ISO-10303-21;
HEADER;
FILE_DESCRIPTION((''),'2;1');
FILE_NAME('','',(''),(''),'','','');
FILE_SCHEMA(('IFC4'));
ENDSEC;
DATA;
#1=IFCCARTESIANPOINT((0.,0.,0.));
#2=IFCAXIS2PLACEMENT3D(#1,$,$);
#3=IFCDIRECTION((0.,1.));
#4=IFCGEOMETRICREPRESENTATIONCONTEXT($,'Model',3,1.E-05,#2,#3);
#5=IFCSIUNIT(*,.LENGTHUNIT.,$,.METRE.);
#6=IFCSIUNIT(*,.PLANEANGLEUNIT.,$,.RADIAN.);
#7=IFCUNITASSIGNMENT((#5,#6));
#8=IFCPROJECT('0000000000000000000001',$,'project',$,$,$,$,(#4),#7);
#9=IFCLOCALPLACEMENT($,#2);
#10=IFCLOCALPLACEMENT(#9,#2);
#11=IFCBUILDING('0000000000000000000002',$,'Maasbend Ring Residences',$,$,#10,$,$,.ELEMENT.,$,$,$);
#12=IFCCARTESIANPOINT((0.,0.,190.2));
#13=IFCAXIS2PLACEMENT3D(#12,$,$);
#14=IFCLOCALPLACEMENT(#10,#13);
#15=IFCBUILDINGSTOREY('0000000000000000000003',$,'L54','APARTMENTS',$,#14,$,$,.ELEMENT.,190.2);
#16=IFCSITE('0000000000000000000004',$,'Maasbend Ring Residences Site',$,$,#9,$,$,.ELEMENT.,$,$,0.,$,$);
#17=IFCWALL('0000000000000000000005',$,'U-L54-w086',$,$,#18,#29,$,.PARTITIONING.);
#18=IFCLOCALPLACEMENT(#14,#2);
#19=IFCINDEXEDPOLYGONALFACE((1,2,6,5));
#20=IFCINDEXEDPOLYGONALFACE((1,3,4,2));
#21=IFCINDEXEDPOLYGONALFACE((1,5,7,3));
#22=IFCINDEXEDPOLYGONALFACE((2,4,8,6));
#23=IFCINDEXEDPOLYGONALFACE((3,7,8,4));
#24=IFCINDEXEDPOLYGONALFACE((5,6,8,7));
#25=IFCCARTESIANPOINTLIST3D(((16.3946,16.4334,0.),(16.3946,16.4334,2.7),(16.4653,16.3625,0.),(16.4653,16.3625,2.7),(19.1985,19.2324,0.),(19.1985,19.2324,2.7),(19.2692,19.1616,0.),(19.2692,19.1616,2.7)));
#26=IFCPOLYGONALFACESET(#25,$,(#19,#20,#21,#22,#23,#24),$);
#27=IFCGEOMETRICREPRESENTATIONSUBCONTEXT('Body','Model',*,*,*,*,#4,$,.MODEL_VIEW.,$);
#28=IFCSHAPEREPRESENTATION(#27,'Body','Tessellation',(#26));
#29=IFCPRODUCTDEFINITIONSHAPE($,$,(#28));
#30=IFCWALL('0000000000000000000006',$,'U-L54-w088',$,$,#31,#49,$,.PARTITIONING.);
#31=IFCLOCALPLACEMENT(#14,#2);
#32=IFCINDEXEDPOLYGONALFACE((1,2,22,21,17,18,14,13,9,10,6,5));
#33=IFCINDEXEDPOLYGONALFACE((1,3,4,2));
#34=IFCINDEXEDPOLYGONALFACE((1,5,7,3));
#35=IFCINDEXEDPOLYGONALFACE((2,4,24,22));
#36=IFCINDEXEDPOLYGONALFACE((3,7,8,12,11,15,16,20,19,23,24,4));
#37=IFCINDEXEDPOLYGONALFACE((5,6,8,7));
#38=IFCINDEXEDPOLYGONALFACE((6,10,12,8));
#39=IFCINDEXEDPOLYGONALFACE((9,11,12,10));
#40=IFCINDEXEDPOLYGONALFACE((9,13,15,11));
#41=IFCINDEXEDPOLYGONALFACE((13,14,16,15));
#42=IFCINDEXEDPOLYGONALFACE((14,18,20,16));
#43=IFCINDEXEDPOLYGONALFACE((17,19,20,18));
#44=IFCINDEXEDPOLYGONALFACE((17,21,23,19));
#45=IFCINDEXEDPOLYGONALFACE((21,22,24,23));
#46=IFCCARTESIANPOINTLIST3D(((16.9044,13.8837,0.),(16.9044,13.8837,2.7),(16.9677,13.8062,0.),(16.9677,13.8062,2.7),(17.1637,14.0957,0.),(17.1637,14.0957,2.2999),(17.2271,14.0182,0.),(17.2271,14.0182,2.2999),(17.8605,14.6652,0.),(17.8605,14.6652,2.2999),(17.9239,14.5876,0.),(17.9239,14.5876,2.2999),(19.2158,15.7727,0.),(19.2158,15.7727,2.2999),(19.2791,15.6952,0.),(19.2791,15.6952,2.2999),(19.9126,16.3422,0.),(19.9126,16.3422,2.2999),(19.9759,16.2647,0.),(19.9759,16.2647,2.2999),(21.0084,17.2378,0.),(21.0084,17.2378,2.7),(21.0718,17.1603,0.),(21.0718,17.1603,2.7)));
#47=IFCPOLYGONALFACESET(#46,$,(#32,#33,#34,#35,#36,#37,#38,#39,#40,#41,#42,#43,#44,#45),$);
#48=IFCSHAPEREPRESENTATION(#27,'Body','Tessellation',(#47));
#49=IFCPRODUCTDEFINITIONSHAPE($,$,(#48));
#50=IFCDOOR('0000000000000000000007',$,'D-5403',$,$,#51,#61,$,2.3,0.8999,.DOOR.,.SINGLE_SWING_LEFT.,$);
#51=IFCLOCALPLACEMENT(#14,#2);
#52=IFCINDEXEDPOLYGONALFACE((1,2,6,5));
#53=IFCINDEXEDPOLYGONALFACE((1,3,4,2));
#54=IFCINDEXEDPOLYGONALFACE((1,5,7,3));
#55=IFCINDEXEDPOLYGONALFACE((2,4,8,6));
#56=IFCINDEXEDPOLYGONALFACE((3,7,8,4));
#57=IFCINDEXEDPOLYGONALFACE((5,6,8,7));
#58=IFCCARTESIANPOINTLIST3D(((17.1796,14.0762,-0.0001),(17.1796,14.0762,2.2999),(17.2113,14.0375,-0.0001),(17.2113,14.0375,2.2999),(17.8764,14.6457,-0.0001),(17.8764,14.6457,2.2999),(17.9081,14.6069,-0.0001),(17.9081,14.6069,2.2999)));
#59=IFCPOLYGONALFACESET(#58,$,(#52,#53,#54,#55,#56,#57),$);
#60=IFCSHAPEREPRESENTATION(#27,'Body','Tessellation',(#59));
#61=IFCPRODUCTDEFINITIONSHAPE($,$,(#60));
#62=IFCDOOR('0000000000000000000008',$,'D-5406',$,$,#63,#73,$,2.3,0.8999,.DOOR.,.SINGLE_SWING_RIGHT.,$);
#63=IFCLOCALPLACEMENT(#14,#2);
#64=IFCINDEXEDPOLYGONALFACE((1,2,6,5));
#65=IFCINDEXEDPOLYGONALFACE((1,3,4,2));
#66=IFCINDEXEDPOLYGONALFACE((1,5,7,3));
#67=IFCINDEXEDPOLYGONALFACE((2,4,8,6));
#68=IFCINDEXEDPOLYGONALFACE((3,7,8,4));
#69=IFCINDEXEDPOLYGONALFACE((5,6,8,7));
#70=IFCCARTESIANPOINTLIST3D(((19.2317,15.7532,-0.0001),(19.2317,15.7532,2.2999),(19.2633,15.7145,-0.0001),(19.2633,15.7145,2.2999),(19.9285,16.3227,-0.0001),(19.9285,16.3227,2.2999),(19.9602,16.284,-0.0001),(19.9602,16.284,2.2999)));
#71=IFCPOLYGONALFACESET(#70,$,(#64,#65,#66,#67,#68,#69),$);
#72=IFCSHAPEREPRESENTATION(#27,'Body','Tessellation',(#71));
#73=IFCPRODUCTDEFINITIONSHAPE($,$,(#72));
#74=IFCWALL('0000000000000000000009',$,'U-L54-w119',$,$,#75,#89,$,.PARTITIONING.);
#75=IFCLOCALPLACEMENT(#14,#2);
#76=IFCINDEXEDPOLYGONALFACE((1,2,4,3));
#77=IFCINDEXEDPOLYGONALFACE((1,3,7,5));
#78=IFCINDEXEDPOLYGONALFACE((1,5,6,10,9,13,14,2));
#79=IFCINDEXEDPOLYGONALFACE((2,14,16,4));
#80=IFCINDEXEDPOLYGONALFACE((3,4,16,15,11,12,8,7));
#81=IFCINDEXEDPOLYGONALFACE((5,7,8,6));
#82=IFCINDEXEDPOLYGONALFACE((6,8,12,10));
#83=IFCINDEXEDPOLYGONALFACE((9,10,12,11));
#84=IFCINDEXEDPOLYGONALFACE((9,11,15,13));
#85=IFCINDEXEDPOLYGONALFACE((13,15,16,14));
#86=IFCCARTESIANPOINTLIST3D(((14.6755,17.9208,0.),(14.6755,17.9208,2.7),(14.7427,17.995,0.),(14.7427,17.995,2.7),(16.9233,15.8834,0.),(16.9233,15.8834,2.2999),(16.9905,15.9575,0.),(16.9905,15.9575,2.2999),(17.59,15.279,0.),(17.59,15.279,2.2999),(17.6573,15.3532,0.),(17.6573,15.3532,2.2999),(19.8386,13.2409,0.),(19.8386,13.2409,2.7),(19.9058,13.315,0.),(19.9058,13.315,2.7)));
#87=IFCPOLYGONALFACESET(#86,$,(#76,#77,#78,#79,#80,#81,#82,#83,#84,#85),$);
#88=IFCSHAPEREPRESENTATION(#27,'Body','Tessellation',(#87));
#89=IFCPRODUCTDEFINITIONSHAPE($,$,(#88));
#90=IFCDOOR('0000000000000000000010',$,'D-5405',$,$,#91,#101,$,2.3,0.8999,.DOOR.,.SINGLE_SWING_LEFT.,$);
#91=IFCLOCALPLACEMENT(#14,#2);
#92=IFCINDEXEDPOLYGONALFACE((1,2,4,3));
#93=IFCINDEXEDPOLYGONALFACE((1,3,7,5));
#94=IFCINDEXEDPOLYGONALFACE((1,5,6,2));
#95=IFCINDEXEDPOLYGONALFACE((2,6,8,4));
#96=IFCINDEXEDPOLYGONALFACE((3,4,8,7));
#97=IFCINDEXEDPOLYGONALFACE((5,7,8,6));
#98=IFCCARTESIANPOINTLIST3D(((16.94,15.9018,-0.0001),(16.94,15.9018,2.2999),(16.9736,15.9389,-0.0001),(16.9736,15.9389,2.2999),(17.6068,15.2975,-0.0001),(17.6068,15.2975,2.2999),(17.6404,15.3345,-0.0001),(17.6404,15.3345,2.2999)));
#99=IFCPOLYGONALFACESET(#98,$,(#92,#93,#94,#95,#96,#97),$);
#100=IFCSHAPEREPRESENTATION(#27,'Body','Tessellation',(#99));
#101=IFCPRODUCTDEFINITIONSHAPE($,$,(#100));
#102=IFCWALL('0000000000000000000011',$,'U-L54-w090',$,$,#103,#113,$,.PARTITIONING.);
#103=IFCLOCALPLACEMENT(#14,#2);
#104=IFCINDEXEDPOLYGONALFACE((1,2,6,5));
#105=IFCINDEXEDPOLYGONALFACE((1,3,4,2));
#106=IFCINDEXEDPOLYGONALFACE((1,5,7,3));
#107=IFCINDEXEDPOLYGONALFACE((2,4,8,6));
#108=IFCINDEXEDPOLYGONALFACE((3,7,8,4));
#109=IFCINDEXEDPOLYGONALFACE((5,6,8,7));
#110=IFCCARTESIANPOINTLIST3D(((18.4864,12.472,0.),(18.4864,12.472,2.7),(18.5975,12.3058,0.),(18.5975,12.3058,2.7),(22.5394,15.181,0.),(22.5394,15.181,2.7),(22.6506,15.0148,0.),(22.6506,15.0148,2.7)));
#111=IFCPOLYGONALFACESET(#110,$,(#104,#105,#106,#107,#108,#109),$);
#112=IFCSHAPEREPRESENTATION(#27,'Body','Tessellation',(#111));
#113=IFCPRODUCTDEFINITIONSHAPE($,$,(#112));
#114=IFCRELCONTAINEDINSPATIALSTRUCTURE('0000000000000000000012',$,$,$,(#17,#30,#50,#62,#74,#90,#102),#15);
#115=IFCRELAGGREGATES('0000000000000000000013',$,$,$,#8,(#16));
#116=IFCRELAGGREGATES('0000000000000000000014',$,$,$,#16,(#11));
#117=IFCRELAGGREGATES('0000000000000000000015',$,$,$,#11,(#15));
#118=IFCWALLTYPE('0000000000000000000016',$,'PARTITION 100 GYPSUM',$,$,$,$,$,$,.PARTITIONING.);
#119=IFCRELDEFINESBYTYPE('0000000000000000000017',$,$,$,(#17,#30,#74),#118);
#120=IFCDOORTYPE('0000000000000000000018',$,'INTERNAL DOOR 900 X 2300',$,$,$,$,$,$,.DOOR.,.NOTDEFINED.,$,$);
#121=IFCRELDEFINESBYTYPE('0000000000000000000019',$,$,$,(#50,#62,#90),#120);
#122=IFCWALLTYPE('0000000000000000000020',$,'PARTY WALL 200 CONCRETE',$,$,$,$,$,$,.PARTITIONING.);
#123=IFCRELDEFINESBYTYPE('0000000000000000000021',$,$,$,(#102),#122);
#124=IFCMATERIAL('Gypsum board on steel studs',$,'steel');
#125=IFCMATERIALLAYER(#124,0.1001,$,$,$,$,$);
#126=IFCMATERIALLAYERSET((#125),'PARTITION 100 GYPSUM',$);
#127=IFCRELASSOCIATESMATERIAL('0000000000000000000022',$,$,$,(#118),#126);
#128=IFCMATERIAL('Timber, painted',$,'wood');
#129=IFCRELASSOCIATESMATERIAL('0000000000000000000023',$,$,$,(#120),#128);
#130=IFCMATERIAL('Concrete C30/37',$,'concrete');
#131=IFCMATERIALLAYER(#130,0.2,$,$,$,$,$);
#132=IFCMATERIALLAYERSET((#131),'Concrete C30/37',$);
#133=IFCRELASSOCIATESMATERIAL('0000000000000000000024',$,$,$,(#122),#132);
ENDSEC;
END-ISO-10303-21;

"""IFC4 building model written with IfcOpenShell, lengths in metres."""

from ifc_helpers import new_model, si_unit, direction, frame, frame_2d, origin, place, context, subcontext, project, spatial, rectangle, extrude, material, layer, layer_set, type_object, element, fill, save


model = new_model("IFC4")

# Units and contexts
model_context = context("Model", 3, precision=1e-05, world=origin(), true_north=direction((0.0, 1.0)))
body_context = subcontext(model_context, "Body", "Model", "MODEL_VIEW")
ifc_project = project(units=[si_unit("LENGTHUNIT", "METRE"), si_unit("PLANEANGLEUNIT", "RADIAN")], contexts=[model_context])

# Site, building, storey
site_placement = place(None, origin())
site = spatial("IfcSite", under=ifc_project, at=site_placement, Name="Maasbend Ring Residences Site", CompositionType="ELEMENT", RefElevation=0.0)
building_placement = place(site_placement, origin())
building = spatial("IfcBuilding", under=site, at=building_placement, Name="Maasbend Ring Residences", CompositionType="ELEMENT")
storey_placement = place(building_placement, frame((0.0, 0.0, 190.2)))
storey = spatial("IfcBuildingStorey", under=building, at=storey_placement, Name="L54", Description="APARTMENTS", CompositionType="ELEMENT", Elevation=190.2)

# Shared definitions
ifc_material_1 = material(Name="Gypsum board on steel studs", Category="steel")
ifc_layer_1 = layer(ifc_material_1, 0.1001)
ifc_layer_set_1 = layer_set([ifc_layer_1], Name="PARTITION 100 GYPSUM")
wall_type_1 = type_object("IfcWallType", Name="PARTITION 100 GYPSUM", PredefinedType="PARTITIONING", material=ifc_layer_set_1)

# Shared definitions
ifc_material_2 = material(Name="Timber, painted", Category="wood")
door_type_1 = type_object("IfcDoorType", Name="INTERNAL DOOR 900 X 2300", OperationType="NOTDEFINED", PredefinedType="DOOR", material=ifc_material_2)

# Wall
wall_1_placement = place(storey_placement, frame((16.4299, 16.3979, 0.0), z_axis=(0.0, 0.0, 1.0), x_axis=(0.707723, 0.70649, 0.0)))
element("IfcWall", 1, at=wall_1_placement, inside=storey, type_object=wall_type_1, Name="U-L54-w086", PredefinedType="PARTITIONING", context=body_context, shape_type="SweptSolid", body=[
    extrude(rectangle(XDim=3.9619, YDim=0.1001, at=frame_2d((1.981, 0.0))), origin(), (0.0, 0.0, 1.0), 2.7),
])

# Wall, openings, doors
wall_2_placement = place(storey_placement, frame((16.936, 13.845, 0.0), z_axis=(0.0, 0.0, 1.0), x_axis=(0.77431, 0.632806, 0.0)))
wall_2 = element("IfcWall", 2, at=wall_2_placement, inside=storey, type_object=wall_type_1, Name="U-L54-w088", PredefinedType="PARTITIONING", context=body_context, shape_type="SweptSolid", body=[
    extrude(rectangle(XDim=5.3003, YDim=0.1001, at=frame_2d((2.6501, 0.0))), origin(), (0.0, 0.0, 1.0), 2.7),
])
opening_1_placement = place(wall_2_placement, frame((0.335, 0.0, 0.0)))
opening_1 = element("IfcOpeningElement", 3, at=opening_1_placement, cuts=wall_2, PredefinedType="OPENING", context=body_context, shape_type="SweptSolid", body=[
    extrude(rectangle(XDim=0.8999, YDim=2.3, at=frame_2d((0.45, 1.1499))), frame((0.0, 0.0601, 0.0), z_axis=(0.0, -1.0, 0.0), x_axis=(1.0, 0.0, 0.0)), (0.0, 0.0, 1.0), 0.1201),
])
opening_2_placement = place(wall_2_placement, frame((2.9851, 0.0, 0.0)))
opening_2 = element("IfcOpeningElement", 4, at=opening_2_placement, cuts=wall_2, PredefinedType="OPENING", context=body_context, shape_type="SweptSolid", body=[
    extrude(rectangle(XDim=0.8999, YDim=2.3, at=frame_2d((0.45, 1.1499))), frame((0.0, 0.0601, 0.0), z_axis=(0.0, -1.0, 0.0), x_axis=(1.0, 0.0, 0.0)), (0.0, 0.0, 1.0), 0.1201),
])
door_1_placement = place(opening_1_placement, origin())
door_1 = element("IfcDoor", 5, at=door_1_placement, inside=storey, type_object=door_type_1, Name="D-5403", OperationType="SINGLE_SWING_LEFT", OverallHeight=2.3, OverallWidth=0.8999, PredefinedType="DOOR", context=body_context, shape_type="SweptSolid", body=[
    extrude(rectangle(XDim=0.8999, YDim=2.3, at=frame_2d((0.45, 1.1499))), frame((0.0, 0.0249, 0.0), z_axis=(0.0, -1.0, 0.0), x_axis=(1.0, 0.0, 0.0)), (0.0, 0.0, 1.0), 0.05),
])
fill(opening_1, door_1)
door_2_placement = place(opening_2_placement, origin())
door_2 = element("IfcDoor", 6, at=door_2_placement, inside=storey, type_object=door_type_1, Name="D-5406", OperationType="SINGLE_SWING_RIGHT", OverallHeight=2.3, OverallWidth=0.8999, PredefinedType="DOOR", context=body_context, shape_type="SweptSolid", body=[
    extrude(rectangle(XDim=0.8999, YDim=2.3, at=frame_2d((0.45, 1.1499))), frame((0.0, 0.0249, 0.0), z_axis=(0.0, -1.0, 0.0), x_axis=(1.0, 0.0, 0.0)), (0.0, 0.0, 1.0), 0.05),
])
fill(opening_2, door_2)

# Wall, opening, door
wall_3_placement = place(storey_placement, frame((14.709, 17.958, 0.0), z_axis=(0.0, 0.0, 1.0), x_axis=(0.740924, -0.671589, 0.0)))
wall_3 = element("IfcWall", 7, at=wall_3_placement, inside=storey, type_object=wall_type_1, Name="U-L54-w119", PredefinedType="PARTITIONING", context=body_context, shape_type="SweptSolid", body=[
    extrude(rectangle(XDim=6.9685, YDim=0.1001, at=frame_2d((3.4844, 0.0))), origin(), (0.0, 0.0, 1.0), 2.7),
])
opening_3_placement = place(wall_3_placement, frame((3.0339, 0.0, 0.0)))
opening_3 = element("IfcOpeningElement", 8, at=opening_3_placement, cuts=wall_3, PredefinedType="OPENING", context=body_context, shape_type="SweptSolid", body=[
    extrude(rectangle(XDim=0.8999, YDim=2.3, at=frame_2d((0.45, 1.1499))), frame((0.0, 0.0601, 0.0), z_axis=(0.0, -1.0, 0.0), x_axis=(1.0, 0.0, 0.0)), (0.0, 0.0, 1.0), 0.1201),
])
door_3_placement = place(opening_3_placement, origin())
door_3 = element("IfcDoor", 9, at=door_3_placement, inside=storey, type_object=door_type_1, Name="D-5405", OperationType="SINGLE_SWING_LEFT", OverallHeight=2.3, OverallWidth=0.8999, PredefinedType="DOOR", context=body_context, shape_type="SweptSolid", body=[
    extrude(rectangle(XDim=0.8999, YDim=2.3, at=frame_2d((0.45, 1.1499))), frame((0.0, 0.0249, 0.0), z_axis=(0.0, -1.0, 0.0), x_axis=(1.0, 0.0, 0.0)), (0.0, 0.0, 1.0), 0.05),
])
fill(opening_3, door_3)

# Wall
ifc_material_3 = material(Name="Concrete C30/37", Category="concrete")
ifc_layer_2 = layer(ifc_material_3, 0.2)
ifc_layer_set_2 = layer_set([ifc_layer_2], Name="Concrete C30/37")
wall_type_2 = type_object("IfcWallType", Name="PARTY WALL 200 CONCRETE", PredefinedType="PARTITIONING", material=ifc_layer_set_2)
wall_4_placement = place(storey_placement, frame((18.542, 12.3889, 0.0), z_axis=(0.0, 0.0, 1.0), x_axis=(0.831387, 0.555694, 0.0)))
element("IfcWall", 10, at=wall_4_placement, inside=storey, type_object=wall_type_2, Name="U-L54-w090", PredefinedType="PARTITIONING", context=body_context, shape_type="SweptSolid", body=[
    extrude(rectangle(XDim=4.875, YDim=0.2, at=frame_2d((2.4375, 0.0))), origin(), (0.0, 0.0, 1.0), 2.7),
])

save(model, "model.ifc")
